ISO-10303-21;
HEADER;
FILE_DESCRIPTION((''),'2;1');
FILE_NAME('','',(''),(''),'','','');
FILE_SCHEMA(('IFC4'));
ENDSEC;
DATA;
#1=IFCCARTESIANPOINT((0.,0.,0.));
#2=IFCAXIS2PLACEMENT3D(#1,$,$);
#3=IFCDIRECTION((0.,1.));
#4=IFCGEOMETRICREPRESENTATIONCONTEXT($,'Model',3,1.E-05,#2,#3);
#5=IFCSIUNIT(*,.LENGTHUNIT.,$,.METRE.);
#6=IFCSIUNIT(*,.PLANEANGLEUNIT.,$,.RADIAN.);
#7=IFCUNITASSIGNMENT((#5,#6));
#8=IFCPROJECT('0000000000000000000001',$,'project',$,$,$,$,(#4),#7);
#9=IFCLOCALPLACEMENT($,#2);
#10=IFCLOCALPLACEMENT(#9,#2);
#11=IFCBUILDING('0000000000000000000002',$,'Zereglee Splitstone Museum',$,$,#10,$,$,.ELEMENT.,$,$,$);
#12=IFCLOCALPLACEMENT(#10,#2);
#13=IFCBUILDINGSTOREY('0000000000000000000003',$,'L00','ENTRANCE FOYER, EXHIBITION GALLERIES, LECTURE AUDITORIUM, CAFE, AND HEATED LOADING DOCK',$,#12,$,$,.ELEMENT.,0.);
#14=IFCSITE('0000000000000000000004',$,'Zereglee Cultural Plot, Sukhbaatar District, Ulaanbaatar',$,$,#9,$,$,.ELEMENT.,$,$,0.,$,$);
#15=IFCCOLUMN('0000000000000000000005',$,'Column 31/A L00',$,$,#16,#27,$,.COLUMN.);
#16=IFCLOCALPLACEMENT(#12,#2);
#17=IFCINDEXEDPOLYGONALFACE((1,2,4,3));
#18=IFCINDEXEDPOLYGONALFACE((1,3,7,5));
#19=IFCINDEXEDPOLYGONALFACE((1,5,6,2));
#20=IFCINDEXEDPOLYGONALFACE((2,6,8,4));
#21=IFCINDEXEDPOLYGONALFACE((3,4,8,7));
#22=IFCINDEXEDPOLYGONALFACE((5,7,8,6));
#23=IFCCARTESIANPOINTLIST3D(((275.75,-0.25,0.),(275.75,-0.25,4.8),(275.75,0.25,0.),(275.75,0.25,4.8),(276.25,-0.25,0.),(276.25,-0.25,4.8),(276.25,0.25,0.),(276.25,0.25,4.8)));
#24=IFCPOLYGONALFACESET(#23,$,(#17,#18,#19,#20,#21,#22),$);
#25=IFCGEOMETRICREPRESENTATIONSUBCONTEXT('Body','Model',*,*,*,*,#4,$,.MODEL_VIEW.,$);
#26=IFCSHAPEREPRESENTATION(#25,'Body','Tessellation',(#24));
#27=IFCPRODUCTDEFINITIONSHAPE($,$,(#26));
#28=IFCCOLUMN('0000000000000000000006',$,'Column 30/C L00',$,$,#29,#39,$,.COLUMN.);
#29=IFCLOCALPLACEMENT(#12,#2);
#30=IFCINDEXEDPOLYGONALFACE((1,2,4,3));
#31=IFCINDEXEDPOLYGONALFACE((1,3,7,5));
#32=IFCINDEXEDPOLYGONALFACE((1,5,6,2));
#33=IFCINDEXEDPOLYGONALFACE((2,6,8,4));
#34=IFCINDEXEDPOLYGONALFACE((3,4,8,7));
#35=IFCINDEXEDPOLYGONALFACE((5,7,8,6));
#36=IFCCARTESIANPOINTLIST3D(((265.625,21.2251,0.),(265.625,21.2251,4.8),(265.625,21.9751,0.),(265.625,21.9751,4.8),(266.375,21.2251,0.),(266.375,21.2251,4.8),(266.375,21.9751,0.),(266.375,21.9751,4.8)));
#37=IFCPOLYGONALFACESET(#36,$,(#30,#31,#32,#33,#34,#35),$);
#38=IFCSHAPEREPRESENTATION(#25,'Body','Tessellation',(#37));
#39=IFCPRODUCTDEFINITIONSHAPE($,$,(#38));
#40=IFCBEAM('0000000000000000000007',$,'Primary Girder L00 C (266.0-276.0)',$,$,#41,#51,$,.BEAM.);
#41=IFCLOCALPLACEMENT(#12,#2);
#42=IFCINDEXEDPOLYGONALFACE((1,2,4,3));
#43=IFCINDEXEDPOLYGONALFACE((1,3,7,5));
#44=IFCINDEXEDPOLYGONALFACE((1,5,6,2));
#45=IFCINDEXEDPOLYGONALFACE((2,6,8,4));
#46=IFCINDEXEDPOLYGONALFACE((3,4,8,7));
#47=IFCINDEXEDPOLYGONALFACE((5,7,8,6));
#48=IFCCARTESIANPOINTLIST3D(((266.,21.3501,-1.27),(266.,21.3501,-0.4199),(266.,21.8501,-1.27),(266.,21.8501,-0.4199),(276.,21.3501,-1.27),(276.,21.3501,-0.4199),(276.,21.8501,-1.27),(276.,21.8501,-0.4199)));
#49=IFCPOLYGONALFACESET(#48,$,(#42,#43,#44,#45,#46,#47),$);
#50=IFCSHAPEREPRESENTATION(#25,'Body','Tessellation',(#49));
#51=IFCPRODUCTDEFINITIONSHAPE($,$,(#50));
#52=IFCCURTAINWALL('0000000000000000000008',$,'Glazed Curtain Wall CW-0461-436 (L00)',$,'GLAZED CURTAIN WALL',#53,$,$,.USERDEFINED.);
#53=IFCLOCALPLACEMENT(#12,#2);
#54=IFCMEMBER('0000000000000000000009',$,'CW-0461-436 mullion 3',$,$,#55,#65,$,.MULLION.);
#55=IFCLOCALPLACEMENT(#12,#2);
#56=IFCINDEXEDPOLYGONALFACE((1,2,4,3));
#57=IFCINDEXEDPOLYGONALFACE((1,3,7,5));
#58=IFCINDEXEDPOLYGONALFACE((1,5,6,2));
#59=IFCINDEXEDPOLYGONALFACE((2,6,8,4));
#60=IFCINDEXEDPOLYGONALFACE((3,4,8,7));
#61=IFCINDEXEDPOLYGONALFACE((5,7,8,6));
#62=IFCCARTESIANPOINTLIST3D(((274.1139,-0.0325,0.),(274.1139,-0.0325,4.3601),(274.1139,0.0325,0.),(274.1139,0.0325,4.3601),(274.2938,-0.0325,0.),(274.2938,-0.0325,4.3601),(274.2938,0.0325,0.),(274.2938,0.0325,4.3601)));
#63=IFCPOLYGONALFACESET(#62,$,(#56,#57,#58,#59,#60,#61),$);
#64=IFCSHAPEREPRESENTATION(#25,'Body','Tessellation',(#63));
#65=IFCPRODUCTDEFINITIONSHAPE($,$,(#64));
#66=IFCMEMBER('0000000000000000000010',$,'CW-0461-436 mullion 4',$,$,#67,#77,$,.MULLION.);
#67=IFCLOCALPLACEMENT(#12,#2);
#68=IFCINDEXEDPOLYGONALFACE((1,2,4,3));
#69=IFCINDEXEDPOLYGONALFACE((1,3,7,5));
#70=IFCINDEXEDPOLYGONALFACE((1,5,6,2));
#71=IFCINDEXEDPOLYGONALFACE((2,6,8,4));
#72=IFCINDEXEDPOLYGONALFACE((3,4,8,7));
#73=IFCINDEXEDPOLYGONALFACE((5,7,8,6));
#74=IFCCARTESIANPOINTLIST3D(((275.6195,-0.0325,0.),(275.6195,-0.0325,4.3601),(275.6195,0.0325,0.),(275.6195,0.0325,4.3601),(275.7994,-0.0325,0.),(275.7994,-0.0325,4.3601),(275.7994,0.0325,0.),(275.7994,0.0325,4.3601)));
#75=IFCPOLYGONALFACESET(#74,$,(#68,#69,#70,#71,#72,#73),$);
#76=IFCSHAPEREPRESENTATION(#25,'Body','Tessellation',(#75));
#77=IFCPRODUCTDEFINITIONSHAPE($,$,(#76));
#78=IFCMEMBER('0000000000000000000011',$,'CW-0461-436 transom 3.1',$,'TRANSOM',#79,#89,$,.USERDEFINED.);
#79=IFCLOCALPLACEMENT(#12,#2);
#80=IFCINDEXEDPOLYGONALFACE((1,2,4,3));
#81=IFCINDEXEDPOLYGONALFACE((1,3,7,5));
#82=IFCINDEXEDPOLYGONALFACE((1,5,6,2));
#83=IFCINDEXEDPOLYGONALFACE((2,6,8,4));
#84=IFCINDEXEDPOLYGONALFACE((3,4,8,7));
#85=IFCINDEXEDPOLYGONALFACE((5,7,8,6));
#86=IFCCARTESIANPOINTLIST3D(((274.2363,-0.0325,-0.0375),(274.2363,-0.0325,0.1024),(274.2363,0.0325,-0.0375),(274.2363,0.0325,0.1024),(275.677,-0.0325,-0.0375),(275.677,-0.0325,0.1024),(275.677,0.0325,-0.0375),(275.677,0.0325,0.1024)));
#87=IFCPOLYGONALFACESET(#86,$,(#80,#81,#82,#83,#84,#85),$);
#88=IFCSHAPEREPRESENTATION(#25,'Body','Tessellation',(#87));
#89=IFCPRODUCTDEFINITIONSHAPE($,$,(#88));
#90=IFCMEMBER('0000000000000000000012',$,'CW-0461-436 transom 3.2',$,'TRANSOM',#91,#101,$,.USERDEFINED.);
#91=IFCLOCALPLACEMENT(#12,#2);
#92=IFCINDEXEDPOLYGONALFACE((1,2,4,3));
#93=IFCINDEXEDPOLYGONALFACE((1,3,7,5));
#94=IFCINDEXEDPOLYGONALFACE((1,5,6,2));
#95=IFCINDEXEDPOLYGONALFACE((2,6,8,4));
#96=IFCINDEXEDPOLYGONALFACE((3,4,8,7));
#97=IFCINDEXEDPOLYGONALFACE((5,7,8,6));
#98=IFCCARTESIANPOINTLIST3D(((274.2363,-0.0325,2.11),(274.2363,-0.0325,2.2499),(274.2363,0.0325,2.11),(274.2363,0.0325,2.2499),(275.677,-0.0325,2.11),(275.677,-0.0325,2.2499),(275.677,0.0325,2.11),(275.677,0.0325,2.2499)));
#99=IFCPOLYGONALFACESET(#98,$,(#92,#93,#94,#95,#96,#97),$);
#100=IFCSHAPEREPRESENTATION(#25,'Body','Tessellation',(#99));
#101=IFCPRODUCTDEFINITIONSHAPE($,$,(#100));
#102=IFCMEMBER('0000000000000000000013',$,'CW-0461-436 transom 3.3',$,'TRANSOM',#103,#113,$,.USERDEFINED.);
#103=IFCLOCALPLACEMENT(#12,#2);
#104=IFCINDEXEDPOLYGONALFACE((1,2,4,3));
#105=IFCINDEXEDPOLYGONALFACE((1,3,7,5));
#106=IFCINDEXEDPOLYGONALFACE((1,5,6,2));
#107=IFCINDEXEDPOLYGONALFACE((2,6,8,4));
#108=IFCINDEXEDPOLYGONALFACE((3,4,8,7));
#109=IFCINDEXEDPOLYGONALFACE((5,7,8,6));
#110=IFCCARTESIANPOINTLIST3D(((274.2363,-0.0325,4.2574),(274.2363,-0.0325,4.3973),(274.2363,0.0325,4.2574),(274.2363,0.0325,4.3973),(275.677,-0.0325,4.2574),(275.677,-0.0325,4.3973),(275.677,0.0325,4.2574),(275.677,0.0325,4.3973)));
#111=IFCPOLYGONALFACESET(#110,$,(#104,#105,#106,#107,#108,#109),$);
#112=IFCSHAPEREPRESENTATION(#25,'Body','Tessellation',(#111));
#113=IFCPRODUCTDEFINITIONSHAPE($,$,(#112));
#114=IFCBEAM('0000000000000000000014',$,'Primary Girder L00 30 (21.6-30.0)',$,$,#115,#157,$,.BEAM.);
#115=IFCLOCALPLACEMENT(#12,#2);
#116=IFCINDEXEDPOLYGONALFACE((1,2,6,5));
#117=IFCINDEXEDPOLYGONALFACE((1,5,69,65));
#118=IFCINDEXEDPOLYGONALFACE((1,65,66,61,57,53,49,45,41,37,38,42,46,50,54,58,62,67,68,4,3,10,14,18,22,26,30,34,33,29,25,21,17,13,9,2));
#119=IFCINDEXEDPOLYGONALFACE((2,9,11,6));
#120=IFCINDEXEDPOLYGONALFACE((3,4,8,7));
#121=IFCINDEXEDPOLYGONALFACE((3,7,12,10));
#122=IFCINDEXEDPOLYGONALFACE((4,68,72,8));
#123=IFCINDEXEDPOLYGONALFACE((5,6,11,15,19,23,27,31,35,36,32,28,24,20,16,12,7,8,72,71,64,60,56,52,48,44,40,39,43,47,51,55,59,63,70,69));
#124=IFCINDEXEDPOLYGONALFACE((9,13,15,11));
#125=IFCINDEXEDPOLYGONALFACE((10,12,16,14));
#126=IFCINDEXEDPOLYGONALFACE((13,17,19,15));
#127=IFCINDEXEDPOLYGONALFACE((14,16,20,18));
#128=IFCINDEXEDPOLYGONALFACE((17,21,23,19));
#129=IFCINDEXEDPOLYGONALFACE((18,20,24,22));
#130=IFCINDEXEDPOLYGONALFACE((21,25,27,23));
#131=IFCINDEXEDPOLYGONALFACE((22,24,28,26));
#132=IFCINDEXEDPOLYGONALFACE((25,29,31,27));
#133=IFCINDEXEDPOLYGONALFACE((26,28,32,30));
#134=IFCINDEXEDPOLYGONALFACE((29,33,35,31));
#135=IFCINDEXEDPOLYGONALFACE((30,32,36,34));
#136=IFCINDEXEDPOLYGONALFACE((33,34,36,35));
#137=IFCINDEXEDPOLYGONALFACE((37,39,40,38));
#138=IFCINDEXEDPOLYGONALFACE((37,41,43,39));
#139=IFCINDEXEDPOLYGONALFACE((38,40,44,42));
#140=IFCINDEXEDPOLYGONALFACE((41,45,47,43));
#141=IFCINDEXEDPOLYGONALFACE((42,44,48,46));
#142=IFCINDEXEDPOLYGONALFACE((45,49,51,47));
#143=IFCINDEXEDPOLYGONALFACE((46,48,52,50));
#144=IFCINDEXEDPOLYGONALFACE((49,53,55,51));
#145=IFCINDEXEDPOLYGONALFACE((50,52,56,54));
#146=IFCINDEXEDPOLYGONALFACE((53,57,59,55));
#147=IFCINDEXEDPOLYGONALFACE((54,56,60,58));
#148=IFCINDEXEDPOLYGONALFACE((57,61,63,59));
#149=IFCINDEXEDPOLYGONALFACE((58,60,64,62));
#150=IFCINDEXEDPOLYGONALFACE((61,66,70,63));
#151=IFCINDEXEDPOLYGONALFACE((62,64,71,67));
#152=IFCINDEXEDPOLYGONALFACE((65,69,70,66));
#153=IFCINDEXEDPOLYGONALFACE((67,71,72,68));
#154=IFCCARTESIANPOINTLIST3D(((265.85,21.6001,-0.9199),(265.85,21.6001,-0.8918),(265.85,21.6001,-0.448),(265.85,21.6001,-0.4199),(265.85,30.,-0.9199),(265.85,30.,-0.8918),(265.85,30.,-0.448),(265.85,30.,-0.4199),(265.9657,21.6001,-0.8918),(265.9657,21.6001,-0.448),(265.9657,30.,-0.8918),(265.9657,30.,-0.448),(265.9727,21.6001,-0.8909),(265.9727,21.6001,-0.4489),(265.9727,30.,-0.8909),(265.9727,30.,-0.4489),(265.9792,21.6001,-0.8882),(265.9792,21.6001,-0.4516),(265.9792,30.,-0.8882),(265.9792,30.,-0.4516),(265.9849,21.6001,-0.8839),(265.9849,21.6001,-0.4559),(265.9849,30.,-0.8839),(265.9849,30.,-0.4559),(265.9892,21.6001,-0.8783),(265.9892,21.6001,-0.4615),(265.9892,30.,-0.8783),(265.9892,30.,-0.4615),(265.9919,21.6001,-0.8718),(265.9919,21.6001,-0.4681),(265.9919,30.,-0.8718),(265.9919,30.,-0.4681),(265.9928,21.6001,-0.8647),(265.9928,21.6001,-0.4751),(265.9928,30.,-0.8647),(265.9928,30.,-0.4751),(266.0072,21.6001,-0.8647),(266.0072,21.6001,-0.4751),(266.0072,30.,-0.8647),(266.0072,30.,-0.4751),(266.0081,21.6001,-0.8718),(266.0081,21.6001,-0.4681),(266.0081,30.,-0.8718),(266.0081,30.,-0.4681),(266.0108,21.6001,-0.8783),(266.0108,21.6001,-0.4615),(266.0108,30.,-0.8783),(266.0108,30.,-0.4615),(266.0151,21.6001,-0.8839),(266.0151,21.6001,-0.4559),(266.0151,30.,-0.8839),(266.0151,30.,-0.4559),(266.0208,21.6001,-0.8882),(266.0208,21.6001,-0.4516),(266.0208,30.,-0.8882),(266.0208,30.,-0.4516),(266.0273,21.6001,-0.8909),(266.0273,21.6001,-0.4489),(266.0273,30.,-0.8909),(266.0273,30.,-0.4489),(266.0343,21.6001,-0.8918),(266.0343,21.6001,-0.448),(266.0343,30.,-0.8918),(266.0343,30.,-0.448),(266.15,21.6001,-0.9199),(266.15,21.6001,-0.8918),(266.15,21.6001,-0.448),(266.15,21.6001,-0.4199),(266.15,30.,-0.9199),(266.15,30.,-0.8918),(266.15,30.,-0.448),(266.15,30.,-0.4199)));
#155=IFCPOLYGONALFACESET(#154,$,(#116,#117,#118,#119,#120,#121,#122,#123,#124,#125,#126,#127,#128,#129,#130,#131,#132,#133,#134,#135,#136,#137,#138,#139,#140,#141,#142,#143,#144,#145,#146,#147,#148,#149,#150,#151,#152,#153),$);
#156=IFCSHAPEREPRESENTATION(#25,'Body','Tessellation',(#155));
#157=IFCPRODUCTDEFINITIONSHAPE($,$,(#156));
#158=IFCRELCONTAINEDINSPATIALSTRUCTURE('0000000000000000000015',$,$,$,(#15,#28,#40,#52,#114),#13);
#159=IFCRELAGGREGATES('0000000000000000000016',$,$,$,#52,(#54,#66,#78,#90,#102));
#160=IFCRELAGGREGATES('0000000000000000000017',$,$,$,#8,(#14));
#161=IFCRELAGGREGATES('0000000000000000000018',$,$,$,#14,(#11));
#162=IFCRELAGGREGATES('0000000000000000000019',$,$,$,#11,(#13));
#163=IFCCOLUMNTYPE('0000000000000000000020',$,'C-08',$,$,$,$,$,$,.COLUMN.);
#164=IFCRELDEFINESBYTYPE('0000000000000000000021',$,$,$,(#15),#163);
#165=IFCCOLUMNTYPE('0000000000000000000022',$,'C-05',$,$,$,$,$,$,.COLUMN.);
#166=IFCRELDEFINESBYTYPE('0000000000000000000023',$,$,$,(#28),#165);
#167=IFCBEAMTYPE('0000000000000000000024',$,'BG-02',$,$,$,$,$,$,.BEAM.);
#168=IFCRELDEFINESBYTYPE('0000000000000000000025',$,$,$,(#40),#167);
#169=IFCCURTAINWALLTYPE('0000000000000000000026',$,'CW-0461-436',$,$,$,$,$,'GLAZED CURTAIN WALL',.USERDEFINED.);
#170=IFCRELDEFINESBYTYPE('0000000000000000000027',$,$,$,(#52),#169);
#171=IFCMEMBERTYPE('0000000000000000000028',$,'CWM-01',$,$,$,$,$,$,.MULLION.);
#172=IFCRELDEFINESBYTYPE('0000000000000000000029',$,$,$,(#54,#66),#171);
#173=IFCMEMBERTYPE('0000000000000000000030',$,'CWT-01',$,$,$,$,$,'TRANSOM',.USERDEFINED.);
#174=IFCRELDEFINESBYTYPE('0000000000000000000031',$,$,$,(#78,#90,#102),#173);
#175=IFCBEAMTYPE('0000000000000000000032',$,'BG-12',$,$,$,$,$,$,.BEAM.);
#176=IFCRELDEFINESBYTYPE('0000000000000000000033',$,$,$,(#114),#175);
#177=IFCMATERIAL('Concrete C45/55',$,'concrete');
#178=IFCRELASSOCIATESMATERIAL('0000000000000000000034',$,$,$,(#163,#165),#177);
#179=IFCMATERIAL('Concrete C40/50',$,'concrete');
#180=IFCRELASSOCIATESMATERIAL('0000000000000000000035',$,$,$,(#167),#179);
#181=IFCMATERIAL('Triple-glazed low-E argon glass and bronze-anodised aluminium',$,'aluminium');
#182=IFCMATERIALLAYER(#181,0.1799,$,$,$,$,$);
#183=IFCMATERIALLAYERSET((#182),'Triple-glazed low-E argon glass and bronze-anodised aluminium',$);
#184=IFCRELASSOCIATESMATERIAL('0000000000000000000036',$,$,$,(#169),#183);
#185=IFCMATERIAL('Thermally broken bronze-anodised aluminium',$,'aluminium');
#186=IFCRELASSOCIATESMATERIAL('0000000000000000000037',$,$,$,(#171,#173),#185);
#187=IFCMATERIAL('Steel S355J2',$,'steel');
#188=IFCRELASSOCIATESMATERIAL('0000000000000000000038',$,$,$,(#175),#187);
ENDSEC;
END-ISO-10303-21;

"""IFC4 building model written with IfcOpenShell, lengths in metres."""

from ifc_helpers import new_model, si_unit, direction, frame, origin, origin_2d, place, context, subcontext, project, spatial, rectangle, i_section, extrude, material, layer, layer_set, material_profile, profile_set, type_object, element, aggregate, save


model = new_model("IFC4")

# Units and contexts
model_context = context("Model", 3, precision=1e-05, world=origin(), true_north=direction((0.0, 1.0)))
body_context = subcontext(model_context, "Body", "Model", "MODEL_VIEW")
ifc_project = project(units=[si_unit("LENGTHUNIT", "METRE"), si_unit("PLANEANGLEUNIT", "RADIAN")], contexts=[model_context])

# Site, building, storey
site_placement = place(None, origin())
site = spatial("IfcSite", under=ifc_project, at=site_placement, Name="Zereglee Cultural Plot, Sukhbaatar District, Ulaanbaatar", CompositionType="ELEMENT", RefElevation=0.0)
building_placement = place(site_placement, origin())
building = spatial("IfcBuilding", under=site, at=building_placement, Name="Zereglee Splitstone Museum", CompositionType="ELEMENT")
storey_placement = place(building_placement, origin())
storey = spatial("IfcBuildingStorey", under=building, at=storey_placement, Name="L00", Description="ENTRANCE FOYER, EXHIBITION GALLERIES, LECTURE AUDITORIUM, CAFE, AND HEATED LOADING DOCK", CompositionType="ELEMENT", Elevation=0.0)

# Columns
ifc_material_1 = material(Name="Concrete C45/55", Category="concrete")
ifc_material_profile_1 = material_profile(ifc_material_1, rectangle(XDim=0.5, YDim=0.5, at=origin_2d()), Name="RC 500x500")
ifc_profile_set_1 = profile_set([ifc_material_profile_1], Name="Concrete C45/55")
column_type_1 = type_object("IfcColumnType", Name="C-08", PredefinedType="COLUMN", material=ifc_profile_set_1)
column_1_placement = place(storey_placement, frame((276.0, 0.0, 0.0), z_axis=(0.0, 0.0, 1.0), x_axis=(1.0, 0.0, 0.0)))
element("IfcColumn", 1, at=column_1_placement, inside=storey, type_object=column_type_1, Name="Column 31/A L00", PredefinedType="COLUMN", context=body_context, shape_type="SweptSolid", body=[
    extrude(rectangle(XDim=0.5, YDim=0.5, at=origin_2d()), origin(), (0.0, 0.0, 1.0), 4.8),
])
ifc_material_profile_2 = material_profile(ifc_material_1, rectangle(XDim=0.75, YDim=0.75, at=origin_2d()), Name="RC 750x750")
ifc_profile_set_2 = profile_set([ifc_material_profile_2], Name="Concrete C45/55")
column_type_2 = type_object("IfcColumnType", Name="C-05", PredefinedType="COLUMN", material=ifc_profile_set_2)
column_2_placement = place(storey_placement, frame((266.0, 21.6001, 0.0), z_axis=(0.0, 0.0, 1.0), x_axis=(1.0, 0.0, 0.0)))
element("IfcColumn", 2, at=column_2_placement, inside=storey, type_object=column_type_2, Name="Column 30/C L00", PredefinedType="COLUMN", context=body_context, shape_type="SweptSolid", body=[
    extrude(rectangle(XDim=0.75, YDim=0.75, at=origin_2d()), origin(), (0.0, 0.0, 1.0), 4.8),
])

# Beam
ifc_material_2 = material(Name="Concrete C40/50", Category="concrete")
ifc_material_profile_3 = material_profile(ifc_material_2, rectangle(XDim=0.5, YDim=0.8501, at=origin_2d()), Name="RC 500x850")
ifc_profile_set_3 = profile_set([ifc_material_profile_3], Name="Concrete C40/50")
beam_type_1 = type_object("IfcBeamType", Name="BG-02", PredefinedType="BEAM", material=ifc_profile_set_3)
beam_1_placement = place(storey_placement, frame((266.0, 21.6001, -0.845), z_axis=(1.0, 0.0, 0.0), x_axis=(0.0, 1.0, 0.0)))
element("IfcBeam", 3, at=beam_1_placement, inside=storey, type_object=beam_type_1, Name="Primary Girder L00 C (266.0-276.0)", PredefinedType="BEAM", context=body_context, shape_type="SweptSolid", body=[
    extrude(rectangle(XDim=0.5, YDim=0.8501, at=origin_2d()), origin(), (0.0, 0.0, 1.0), 10.0),
])

# Curtain wall, members
ifc_material_3 = material(Name="Triple-glazed low-E argon glass and bronze-anodised aluminium", Category="aluminium")
ifc_layer_1 = layer(ifc_material_3, 0.1799)
ifc_layer_set_1 = layer_set([ifc_layer_1], Name="Triple-glazed low-E argon glass and bronze-anodised aluminium")
curtain_wall_type = type_object("IfcCurtainWallType", Name="CW-0461-436", ElementType="GLAZED CURTAIN WALL", PredefinedType="USERDEFINED", material=ifc_layer_set_1)
curtain_wall_placement = place(storey_placement, origin())
curtain_wall = element("IfcCurtainWall", 4, at=curtain_wall_placement, inside=storey, type_object=curtain_wall_type, Name="Glazed Curtain Wall CW-0461-436 (L00)", ObjectType="GLAZED CURTAIN WALL", PredefinedType="USERDEFINED")
ifc_material_4 = material(Name="Thermally broken bronze-anodised aluminium", Category="aluminium")
ifc_material_profile_4 = material_profile(ifc_material_4, rectangle(XDim=0.0649, YDim=0.1799, at=origin_2d()), Name="CW MULL 65x180")
ifc_profile_set_4 = profile_set([ifc_material_profile_4], Name="Thermally broken bronze-anodised aluminium")
member_type_1 = type_object("IfcMemberType", Name="CWM-01", PredefinedType="MULLION", material=ifc_profile_set_4)
member_1_placement = place(storey_placement, frame((274.2039, 0.0, 0.0), z_axis=(0.0, 0.0, 1.0), x_axis=(0.0, 1.0, 0.0)))
member_1 = element("IfcMember", 5, at=member_1_placement, type_object=member_type_1, Name="CW-0461-436 mullion 3", PredefinedType="MULLION", context=body_context, shape_type="SweptSolid", body=[
    extrude(rectangle(XDim=0.0649, YDim=0.1799, at=origin_2d()), origin(), (0.0, 0.0, 1.0), 4.3601),
])
member_2_placement = place(storey_placement, frame((275.7095, 0.0, 0.0), z_axis=(0.0, 0.0, 1.0), x_axis=(0.0, 1.0, 0.0)))
member_2 = element("IfcMember", 6, at=member_2_placement, type_object=member_type_1, Name="CW-0461-436 mullion 4", PredefinedType="MULLION", context=body_context, shape_type="SweptSolid", body=[
    extrude(rectangle(XDim=0.0649, YDim=0.1799, at=origin_2d()), origin(), (0.0, 0.0, 1.0), 4.3601),
])
ifc_material_profile_5 = material_profile(ifc_material_4, rectangle(XDim=0.0649, YDim=0.1399, at=origin_2d()), Name="CW TRAN 65x140")
ifc_profile_set_5 = profile_set([ifc_material_profile_5], Name="Thermally broken bronze-anodised aluminium")
member_type_2 = type_object("IfcMemberType", Name="CWT-01", ElementType="TRANSOM", PredefinedType="USERDEFINED", material=ifc_profile_set_5)
member_3_placement = place(storey_placement, frame((274.2363, 0.0, 0.0325), z_axis=(1.0, 0.0, 0.0), x_axis=(0.0, 1.0, 0.0)))
member_3 = element("IfcMember", 7, at=member_3_placement, type_object=member_type_2, Name="CW-0461-436 transom 3.1", ObjectType="TRANSOM", PredefinedType="USERDEFINED", context=body_context, shape_type="SweptSolid", body=[
    extrude(rectangle(XDim=0.0649, YDim=0.1399, at=origin_2d()), origin(), (0.0, 0.0, 1.0), 1.4407),
])
member_4_placement = place(storey_placement, frame((274.2363, 0.0, 2.1799), z_axis=(1.0, 0.0, 0.0), x_axis=(0.0, 1.0, 0.0)))
member_4 = element("IfcMember", 8, at=member_4_placement, type_object=member_type_2, Name="CW-0461-436 transom 3.2", ObjectType="TRANSOM", PredefinedType="USERDEFINED", context=body_context, shape_type="SweptSolid", body=[
    extrude(rectangle(XDim=0.0649, YDim=0.1399, at=origin_2d()), origin(), (0.0, 0.0, 1.0), 1.4407),
])
member_5_placement = place(storey_placement, frame((274.2363, 0.0, 4.3274), z_axis=(1.0, 0.0, 0.0), x_axis=(0.0, 1.0, 0.0)))
member_5 = element("IfcMember", 9, at=member_5_placement, type_object=member_type_2, Name="CW-0461-436 transom 3.3", ObjectType="TRANSOM", PredefinedType="USERDEFINED", context=body_context, shape_type="SweptSolid", body=[
    extrude(rectangle(XDim=0.0649, YDim=0.1399, at=origin_2d()), origin(), (0.0, 0.0, 1.0), 1.4407),
])

# Beam
ifc_material_5 = material(Name="Steel S355J2", Category="steel")
ifc_material_profile_6 = material_profile(ifc_material_5, i_section(OverallWidth=0.3, OverallDepth=0.5, WebThickness=0.0144, FlangeThickness=0.0281, FilletRadius=0.0271, at=origin_2d()), Name="HE 500 B")
ifc_profile_set_6 = profile_set([ifc_material_profile_6], Name="Steel S355J2")
beam_type_2 = type_object("IfcBeamType", Name="BG-12", PredefinedType="BEAM", material=ifc_profile_set_6)
beam_2_placement = place(storey_placement, frame((266.0, 21.6001, -0.6699), z_axis=(0.0, 1.0, 0.0), x_axis=(-1.0, 0.0, 0.0)))
element("IfcBeam", 10, at=beam_2_placement, inside=storey, type_object=beam_type_2, Name="Primary Girder L00 30 (21.6-30.0)", PredefinedType="BEAM", context=body_context, shape_type="SweptSolid", body=[
    extrude(i_section(OverallWidth=0.3, OverallDepth=0.5, WebThickness=0.0144, FlangeThickness=0.0281, FilletRadius=0.0271, at=origin_2d()), origin(), (0.0, 0.0, 1.0), 8.3999),
])

aggregate(curtain_wall, [member_1, member_2, member_3, member_4, member_5])

save(model, "model.ifc")
